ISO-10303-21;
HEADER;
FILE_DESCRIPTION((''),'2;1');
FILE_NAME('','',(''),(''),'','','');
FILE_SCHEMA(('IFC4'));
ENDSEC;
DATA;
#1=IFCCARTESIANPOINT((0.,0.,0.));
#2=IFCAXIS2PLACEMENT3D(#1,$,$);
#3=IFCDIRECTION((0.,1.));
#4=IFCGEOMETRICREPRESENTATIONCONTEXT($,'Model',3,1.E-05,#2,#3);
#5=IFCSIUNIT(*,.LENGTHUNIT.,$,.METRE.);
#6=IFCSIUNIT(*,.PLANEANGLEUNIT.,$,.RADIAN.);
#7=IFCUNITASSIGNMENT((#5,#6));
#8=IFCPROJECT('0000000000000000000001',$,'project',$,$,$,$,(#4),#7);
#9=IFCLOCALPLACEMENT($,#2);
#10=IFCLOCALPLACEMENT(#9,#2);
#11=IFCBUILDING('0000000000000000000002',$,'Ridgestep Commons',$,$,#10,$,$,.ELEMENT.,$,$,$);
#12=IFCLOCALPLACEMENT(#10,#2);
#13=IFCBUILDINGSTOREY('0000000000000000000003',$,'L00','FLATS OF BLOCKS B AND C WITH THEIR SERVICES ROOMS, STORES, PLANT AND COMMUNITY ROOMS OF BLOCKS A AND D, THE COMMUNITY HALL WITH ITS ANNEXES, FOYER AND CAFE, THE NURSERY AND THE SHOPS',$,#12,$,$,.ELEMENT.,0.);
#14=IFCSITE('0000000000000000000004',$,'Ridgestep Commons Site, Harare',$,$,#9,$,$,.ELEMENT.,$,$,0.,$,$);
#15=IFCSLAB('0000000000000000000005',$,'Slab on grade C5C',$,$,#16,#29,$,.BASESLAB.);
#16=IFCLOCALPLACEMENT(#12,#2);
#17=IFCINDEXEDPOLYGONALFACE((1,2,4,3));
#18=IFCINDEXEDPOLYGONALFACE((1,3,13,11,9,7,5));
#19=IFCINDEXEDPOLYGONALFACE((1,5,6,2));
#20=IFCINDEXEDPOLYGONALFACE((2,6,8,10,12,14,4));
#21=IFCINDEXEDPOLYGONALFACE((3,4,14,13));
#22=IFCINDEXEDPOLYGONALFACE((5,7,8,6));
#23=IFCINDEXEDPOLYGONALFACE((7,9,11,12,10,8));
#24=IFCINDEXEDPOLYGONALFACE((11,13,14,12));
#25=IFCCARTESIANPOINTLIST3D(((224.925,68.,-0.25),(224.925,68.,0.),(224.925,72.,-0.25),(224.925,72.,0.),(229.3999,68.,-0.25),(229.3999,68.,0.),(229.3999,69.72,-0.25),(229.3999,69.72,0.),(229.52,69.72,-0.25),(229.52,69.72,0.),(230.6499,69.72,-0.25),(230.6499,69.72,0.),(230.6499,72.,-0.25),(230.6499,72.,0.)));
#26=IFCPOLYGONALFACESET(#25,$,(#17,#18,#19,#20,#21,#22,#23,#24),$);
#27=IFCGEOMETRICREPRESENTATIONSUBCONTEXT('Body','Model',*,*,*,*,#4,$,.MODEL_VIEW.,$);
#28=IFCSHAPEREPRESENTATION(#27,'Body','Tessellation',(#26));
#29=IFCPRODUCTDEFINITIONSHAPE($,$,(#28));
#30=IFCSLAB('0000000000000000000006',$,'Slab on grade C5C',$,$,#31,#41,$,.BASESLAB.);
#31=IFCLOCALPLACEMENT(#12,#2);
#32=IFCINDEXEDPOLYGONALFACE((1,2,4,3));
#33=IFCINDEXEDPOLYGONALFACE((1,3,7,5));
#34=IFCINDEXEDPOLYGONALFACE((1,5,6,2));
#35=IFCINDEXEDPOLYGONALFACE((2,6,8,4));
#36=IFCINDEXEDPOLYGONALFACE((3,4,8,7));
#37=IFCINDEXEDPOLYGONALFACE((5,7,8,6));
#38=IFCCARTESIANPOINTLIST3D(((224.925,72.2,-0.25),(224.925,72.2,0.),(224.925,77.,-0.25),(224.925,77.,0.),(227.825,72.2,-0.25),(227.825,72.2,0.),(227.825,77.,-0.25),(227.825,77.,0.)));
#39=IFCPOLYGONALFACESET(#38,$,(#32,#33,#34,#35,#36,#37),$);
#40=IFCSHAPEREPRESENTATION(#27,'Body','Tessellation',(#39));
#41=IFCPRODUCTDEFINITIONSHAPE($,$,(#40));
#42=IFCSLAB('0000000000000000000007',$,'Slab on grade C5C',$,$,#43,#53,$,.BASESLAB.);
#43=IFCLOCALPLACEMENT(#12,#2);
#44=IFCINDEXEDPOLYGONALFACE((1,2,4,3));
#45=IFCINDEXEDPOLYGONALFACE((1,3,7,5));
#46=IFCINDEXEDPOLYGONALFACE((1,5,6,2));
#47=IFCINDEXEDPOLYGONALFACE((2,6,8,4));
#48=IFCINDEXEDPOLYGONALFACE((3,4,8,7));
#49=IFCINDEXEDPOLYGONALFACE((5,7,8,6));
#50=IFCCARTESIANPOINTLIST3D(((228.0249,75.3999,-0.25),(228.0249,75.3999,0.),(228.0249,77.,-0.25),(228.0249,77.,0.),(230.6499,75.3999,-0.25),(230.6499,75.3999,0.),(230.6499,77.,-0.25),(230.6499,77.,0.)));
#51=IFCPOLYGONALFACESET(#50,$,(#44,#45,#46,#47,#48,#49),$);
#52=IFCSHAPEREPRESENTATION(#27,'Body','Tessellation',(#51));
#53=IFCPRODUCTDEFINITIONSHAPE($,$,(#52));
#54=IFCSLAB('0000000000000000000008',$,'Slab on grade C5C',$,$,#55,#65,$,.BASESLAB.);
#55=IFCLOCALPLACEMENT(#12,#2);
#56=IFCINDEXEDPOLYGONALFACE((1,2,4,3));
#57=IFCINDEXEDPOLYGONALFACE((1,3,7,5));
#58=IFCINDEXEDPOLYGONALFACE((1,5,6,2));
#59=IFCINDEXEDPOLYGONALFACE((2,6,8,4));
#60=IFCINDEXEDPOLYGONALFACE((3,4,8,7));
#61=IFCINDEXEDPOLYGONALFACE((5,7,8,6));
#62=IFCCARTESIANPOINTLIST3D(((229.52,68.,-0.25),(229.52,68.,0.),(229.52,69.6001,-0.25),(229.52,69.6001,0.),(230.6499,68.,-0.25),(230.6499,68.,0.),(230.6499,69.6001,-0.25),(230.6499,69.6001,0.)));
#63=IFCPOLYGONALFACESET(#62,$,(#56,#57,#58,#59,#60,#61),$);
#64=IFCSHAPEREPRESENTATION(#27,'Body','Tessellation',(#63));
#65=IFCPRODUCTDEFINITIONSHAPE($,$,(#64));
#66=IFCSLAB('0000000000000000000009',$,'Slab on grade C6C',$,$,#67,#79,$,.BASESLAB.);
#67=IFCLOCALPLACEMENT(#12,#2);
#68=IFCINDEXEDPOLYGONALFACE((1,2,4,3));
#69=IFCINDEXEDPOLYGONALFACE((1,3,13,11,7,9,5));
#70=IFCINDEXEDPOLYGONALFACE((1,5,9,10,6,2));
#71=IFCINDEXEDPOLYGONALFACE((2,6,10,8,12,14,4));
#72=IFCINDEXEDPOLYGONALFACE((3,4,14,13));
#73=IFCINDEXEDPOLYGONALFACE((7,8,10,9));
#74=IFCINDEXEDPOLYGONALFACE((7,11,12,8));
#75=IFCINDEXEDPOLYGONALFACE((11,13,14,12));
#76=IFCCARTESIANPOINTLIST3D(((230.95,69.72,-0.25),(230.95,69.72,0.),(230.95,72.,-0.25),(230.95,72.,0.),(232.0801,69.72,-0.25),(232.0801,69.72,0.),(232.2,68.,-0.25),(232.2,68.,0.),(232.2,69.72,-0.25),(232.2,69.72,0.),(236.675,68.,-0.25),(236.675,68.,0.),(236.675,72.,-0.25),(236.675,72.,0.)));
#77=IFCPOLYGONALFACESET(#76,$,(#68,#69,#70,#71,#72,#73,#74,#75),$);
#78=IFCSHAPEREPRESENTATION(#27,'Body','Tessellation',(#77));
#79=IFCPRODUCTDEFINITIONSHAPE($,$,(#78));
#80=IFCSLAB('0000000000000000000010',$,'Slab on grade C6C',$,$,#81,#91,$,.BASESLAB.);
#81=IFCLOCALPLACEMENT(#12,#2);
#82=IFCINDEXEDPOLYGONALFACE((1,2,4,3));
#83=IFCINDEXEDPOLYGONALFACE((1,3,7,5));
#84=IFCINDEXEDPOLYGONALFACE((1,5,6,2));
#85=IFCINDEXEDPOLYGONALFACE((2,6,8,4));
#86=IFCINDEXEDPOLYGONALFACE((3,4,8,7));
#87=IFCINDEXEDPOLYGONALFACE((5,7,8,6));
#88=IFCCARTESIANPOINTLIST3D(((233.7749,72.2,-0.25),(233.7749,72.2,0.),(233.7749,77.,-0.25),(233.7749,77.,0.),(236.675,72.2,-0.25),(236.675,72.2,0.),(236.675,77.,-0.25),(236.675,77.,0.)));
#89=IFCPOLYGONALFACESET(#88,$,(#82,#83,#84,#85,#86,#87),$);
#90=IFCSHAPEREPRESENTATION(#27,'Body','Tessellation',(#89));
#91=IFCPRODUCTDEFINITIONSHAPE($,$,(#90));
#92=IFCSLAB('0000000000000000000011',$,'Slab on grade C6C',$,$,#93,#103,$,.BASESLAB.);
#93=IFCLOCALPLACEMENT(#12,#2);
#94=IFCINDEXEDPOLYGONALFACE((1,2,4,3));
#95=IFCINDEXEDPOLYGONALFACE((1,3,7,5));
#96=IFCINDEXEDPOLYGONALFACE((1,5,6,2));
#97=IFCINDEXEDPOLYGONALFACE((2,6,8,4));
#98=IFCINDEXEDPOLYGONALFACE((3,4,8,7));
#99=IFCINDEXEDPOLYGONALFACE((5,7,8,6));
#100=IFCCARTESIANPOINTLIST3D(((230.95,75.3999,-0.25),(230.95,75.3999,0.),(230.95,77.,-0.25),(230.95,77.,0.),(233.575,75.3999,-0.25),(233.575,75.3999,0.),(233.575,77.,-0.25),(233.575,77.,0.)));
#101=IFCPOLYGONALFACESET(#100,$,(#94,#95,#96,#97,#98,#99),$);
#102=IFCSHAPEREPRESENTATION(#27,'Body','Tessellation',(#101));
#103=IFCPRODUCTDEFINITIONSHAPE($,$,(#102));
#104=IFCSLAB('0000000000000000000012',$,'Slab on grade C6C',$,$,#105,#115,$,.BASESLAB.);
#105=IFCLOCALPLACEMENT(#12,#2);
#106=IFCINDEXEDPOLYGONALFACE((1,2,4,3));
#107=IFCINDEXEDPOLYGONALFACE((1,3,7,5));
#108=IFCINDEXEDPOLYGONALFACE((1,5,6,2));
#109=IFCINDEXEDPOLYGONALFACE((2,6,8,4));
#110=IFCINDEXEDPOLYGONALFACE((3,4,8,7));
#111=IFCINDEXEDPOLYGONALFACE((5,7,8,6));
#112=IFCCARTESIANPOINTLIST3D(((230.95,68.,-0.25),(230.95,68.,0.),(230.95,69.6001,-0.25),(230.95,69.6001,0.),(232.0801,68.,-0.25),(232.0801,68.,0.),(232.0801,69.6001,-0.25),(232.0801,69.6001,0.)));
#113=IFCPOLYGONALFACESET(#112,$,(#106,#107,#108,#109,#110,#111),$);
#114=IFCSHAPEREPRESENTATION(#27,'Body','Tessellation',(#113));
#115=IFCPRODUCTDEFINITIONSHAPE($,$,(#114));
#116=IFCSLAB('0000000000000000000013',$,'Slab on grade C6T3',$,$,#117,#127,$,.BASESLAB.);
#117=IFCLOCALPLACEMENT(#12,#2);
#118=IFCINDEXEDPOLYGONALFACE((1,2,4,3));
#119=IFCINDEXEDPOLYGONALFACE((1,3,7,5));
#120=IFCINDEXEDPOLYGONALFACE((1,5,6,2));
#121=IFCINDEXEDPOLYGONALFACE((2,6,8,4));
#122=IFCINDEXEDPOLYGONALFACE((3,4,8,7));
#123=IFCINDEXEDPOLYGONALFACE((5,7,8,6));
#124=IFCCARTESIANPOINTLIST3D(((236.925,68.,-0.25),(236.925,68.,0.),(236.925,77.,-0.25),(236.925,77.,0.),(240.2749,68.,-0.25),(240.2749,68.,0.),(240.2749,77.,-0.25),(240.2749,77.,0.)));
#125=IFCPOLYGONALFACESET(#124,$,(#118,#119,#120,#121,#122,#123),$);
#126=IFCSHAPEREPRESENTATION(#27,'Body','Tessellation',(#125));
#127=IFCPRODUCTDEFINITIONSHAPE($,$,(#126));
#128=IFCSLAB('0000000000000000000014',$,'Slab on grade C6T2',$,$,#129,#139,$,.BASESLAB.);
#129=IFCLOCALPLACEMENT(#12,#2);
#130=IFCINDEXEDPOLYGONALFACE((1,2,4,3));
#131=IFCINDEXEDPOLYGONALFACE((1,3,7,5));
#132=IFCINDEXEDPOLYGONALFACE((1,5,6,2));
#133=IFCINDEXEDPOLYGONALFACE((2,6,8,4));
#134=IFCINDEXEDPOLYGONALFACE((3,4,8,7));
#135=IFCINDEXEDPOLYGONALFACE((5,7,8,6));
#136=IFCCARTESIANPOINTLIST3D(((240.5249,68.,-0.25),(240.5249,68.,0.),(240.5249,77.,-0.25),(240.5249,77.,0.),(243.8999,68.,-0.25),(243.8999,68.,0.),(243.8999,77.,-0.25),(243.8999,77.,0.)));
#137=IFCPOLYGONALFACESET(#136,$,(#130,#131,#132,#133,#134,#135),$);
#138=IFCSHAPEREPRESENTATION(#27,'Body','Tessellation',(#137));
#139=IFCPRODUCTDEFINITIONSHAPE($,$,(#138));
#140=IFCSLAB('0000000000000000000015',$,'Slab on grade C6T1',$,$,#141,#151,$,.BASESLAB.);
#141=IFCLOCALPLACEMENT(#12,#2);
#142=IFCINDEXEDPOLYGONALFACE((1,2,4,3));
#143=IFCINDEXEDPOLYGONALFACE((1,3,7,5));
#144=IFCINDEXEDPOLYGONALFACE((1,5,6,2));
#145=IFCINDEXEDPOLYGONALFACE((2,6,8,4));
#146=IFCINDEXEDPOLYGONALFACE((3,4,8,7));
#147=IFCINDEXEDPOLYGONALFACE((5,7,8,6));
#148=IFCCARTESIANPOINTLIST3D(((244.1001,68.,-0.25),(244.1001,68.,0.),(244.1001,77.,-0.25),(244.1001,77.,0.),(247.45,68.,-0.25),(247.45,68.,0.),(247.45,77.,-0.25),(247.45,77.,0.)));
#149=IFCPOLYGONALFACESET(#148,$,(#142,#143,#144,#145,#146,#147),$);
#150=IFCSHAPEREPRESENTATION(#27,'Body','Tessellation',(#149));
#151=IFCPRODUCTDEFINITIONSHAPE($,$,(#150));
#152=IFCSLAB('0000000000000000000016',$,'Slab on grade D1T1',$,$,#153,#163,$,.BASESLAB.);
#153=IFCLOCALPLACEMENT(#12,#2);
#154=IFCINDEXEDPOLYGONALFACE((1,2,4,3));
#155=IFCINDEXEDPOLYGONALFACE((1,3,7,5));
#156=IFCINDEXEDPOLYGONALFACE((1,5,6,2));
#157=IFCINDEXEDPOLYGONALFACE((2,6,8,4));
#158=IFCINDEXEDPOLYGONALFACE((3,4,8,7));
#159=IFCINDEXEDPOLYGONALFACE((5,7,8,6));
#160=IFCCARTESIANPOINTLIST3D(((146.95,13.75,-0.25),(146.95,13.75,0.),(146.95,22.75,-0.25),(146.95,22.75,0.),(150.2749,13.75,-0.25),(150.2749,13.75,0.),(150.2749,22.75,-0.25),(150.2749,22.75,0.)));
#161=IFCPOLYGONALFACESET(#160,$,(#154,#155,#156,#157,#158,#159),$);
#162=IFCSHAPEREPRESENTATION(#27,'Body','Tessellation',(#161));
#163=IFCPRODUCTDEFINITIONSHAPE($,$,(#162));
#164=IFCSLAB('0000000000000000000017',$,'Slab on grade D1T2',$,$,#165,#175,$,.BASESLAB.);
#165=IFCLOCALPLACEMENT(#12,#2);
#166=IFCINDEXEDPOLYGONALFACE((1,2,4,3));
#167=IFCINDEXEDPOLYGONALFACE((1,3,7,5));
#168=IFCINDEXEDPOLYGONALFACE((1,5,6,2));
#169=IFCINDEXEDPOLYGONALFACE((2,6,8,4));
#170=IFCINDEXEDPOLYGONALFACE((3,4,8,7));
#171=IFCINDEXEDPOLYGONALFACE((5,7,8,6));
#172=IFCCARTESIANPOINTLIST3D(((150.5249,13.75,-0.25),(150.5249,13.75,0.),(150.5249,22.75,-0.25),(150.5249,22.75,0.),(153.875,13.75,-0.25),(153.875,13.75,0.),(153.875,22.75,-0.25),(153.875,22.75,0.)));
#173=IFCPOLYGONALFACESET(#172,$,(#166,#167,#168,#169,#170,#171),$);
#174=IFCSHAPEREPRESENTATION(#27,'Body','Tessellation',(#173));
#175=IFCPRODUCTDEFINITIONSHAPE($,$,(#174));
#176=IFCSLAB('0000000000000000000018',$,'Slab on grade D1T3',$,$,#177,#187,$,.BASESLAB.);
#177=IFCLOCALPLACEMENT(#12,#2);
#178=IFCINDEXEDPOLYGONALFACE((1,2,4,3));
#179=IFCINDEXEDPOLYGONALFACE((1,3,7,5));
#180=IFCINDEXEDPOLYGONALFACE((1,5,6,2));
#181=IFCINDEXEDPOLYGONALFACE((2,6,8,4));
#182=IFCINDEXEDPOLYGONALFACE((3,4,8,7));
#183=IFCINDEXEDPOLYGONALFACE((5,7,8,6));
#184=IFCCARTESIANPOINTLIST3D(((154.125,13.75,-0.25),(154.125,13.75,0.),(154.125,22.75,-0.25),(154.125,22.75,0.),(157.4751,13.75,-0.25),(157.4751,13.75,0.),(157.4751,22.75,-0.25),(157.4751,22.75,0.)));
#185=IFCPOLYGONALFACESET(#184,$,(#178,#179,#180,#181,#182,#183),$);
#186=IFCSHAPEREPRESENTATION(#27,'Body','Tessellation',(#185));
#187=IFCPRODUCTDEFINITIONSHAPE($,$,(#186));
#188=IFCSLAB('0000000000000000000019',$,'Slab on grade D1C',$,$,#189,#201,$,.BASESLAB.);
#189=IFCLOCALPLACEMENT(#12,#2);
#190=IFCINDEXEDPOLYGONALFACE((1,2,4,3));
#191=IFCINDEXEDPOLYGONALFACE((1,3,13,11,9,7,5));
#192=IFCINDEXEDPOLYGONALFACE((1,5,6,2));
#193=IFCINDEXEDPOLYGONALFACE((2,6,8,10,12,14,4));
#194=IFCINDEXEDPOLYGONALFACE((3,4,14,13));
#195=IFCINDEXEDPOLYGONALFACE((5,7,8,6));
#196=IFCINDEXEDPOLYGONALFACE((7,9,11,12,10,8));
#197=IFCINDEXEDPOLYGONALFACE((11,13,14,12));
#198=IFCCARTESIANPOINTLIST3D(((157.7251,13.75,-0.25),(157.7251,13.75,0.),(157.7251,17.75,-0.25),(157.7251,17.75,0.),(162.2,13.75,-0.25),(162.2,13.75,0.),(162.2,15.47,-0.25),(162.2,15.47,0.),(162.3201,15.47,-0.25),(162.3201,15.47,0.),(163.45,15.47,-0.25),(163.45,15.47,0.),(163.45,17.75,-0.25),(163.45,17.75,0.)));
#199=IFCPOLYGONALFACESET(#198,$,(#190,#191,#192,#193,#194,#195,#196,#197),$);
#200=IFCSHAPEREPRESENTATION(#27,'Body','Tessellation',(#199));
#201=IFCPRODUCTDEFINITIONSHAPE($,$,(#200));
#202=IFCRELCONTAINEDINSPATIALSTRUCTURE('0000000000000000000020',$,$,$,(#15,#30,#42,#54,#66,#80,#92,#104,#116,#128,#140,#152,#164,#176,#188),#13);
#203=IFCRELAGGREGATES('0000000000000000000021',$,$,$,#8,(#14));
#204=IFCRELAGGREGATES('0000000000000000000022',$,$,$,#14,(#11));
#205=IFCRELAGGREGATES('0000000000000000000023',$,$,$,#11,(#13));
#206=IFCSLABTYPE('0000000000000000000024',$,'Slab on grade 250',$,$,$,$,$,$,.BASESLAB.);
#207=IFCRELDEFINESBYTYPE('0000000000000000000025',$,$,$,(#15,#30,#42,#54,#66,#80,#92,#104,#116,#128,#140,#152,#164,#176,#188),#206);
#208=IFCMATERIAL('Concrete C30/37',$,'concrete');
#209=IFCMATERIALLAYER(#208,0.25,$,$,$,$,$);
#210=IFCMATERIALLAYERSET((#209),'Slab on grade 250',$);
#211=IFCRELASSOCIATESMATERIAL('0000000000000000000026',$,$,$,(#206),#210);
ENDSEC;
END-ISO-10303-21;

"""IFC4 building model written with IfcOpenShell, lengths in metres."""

from ifc_helpers import new_model, si_unit, direction, frame, origin, place, context, subcontext, project, spatial, polyline, outline, extrude, material, layer, layer_set, type_object, element, save


model = new_model("IFC4")

# Units and contexts
model_context = context("Model", 3, precision=1e-05, world=origin(), true_north=direction((0.0, 1.0)))
body_context = subcontext(model_context, "Body", "Model", "MODEL_VIEW")
ifc_project = project(units=[si_unit("LENGTHUNIT", "METRE"), si_unit("PLANEANGLEUNIT", "RADIAN")], contexts=[model_context])

# Site, building, storey
site_placement = place(None, origin())
site = spatial("IfcSite", under=ifc_project, at=site_placement, Name="Ridgestep Commons Site, Harare", CompositionType="ELEMENT", RefElevation=0.0)
building_placement = place(site_placement, origin())
building = spatial("IfcBuilding", under=site, at=building_placement, Name="Ridgestep Commons", CompositionType="ELEMENT")
storey_placement = place(building_placement, origin())
storey = spatial("IfcBuildingStorey", under=building, at=storey_placement, Name="L00", Description="FLATS OF BLOCKS B AND C WITH THEIR SERVICES ROOMS, STORES, PLANT AND COMMUNITY ROOMS OF BLOCKS A AND D, THE COMMUNITY HALL WITH ITS ANNEXES, FOYER AND CAFE, THE NURSERY AND THE SHOPS", CompositionType="ELEMENT", Elevation=0.0)

# Slabs
ifc_material = material(Name="Concrete C30/37", Category="concrete")
ifc_layer = layer(ifc_material, 0.25)
ifc_layer_set = layer_set([ifc_layer], Name="Slab on grade 250")
slab_type = type_object("IfcSlabType", Name="Slab on grade 250", PredefinedType="BASESLAB", material=ifc_layer_set)
slab_1_placement = place(storey_placement, frame((0.0, 0.0, -0.25)))
element("IfcSlab", 1, at=slab_1_placement, inside=storey, type_object=slab_type, Name="Slab on grade C5C", PredefinedType="BASESLAB", context=body_context, shape_type="SweptSolid", body=[
    extrude(outline(polyline([(229.52, 69.72), (230.6499, 69.72), (230.6499, 72.0), (224.925, 72.0), (224.925, 68.0), (229.3999, 68.0), (229.3999, 69.72), (229.52, 69.72)])), origin(), (0.0, 0.0, 1.0), 0.25),
])
slab_2_placement = place(storey_placement, frame((0.0, 0.0, -0.25)))
element("IfcSlab", 2, at=slab_2_placement, inside=storey, type_object=slab_type, Name="Slab on grade C5C", PredefinedType="BASESLAB", context=body_context, shape_type="SweptSolid", body=[
    extrude(outline(polyline([(227.825, 77.0), (224.925, 77.0), (224.925, 72.2), (227.825, 72.2), (227.825, 77.0)])), origin(), (0.0, 0.0, 1.0), 0.25),
])
slab_3_placement = place(storey_placement, frame((0.0, 0.0, -0.25)))
element("IfcSlab", 3, at=slab_3_placement, inside=storey, type_object=slab_type, Name="Slab on grade C5C", PredefinedType="BASESLAB", context=body_context, shape_type="SweptSolid", body=[
    extrude(outline(polyline([(230.6499, 75.3999), (230.6499, 77.0), (228.0249, 77.0), (228.0249, 75.3999), (230.6499, 75.3999)])), origin(), (0.0, 0.0, 1.0), 0.25),
])
slab_4_placement = place(storey_placement, frame((0.0, 0.0, -0.25)))
element("IfcSlab", 4, at=slab_4_placement, inside=storey, type_object=slab_type, Name="Slab on grade C5C", PredefinedType="BASESLAB", context=body_context, shape_type="SweptSolid", body=[
    extrude(outline(polyline([(229.52, 68.0), (230.6499, 68.0), (230.6499, 69.6001), (229.52, 69.6001), (229.52, 68.0)])), origin(), (0.0, 0.0, 1.0), 0.25),
])
slab_5_placement = place(storey_placement, frame((0.0, 0.0, -0.25)))
element("IfcSlab", 5, at=slab_5_placement, inside=storey, type_object=slab_type, Name="Slab on grade C6C", PredefinedType="BASESLAB", context=body_context, shape_type="SweptSolid", body=[
    extrude(outline(polyline([(232.2, 68.0), (236.675, 68.0), (236.675, 72.0), (230.95, 72.0), (230.95, 69.72), (232.0801, 69.72), (232.2, 69.72), (232.2, 68.0)])), origin(), (0.0, 0.0, 1.0), 0.25),
])
slab_6_placement = place(storey_placement, frame((0.0, 0.0, -0.25)))
element("IfcSlab", 6, at=slab_6_placement, inside=storey, type_object=slab_type, Name="Slab on grade C6C", PredefinedType="BASESLAB", context=body_context, shape_type="SweptSolid", body=[
    extrude(outline(polyline([(236.675, 72.2), (236.675, 77.0), (233.7749, 77.0), (233.7749, 72.2), (236.675, 72.2)])), origin(), (0.0, 0.0, 1.0), 0.25),
])
slab_7_placement = place(storey_placement, frame((0.0, 0.0, -0.25)))
element("IfcSlab", 7, at=slab_7_placement, inside=storey, type_object=slab_type, Name="Slab on grade C6C", PredefinedType="BASESLAB", context=body_context, shape_type="SweptSolid", body=[
    extrude(outline(polyline([(233.575, 77.0), (230.95, 77.0), (230.95, 75.3999), (233.575, 75.3999), (233.575, 77.0)])), origin(), (0.0, 0.0, 1.0), 0.25),
])
slab_8_placement = place(storey_placement, frame((0.0, 0.0, -0.25)))
element("IfcSlab", 8, at=slab_8_placement, inside=storey, type_object=slab_type, Name="Slab on grade C6C", PredefinedType="BASESLAB", context=body_context, shape_type="SweptSolid", body=[
    extrude(outline(polyline([(232.0801, 69.6001), (230.95, 69.6001), (230.95, 68.0), (232.0801, 68.0), (232.0801, 69.6001)])), origin(), (0.0, 0.0, 1.0), 0.25),
])
slab_9_placement = place(storey_placement, frame((0.0, 0.0, -0.25)))
element("IfcSlab", 9, at=slab_9_placement, inside=storey, type_object=slab_type, Name="Slab on grade C6T3", PredefinedType="BASESLAB", context=body_context, shape_type="SweptSolid", body=[
    extrude(outline(polyline([(240.2749, 68.0), (240.2749, 77.0), (236.925, 77.0), (236.925, 68.0), (240.2749, 68.0)])), origin(), (0.0, 0.0, 1.0), 0.25),
])
slab_10_placement = place(storey_placement, frame((0.0, 0.0, -0.25)))
element("IfcSlab", 10, at=slab_10_placement, inside=storey, type_object=slab_type, Name="Slab on grade C6T2", PredefinedType="BASESLAB", context=body_context, shape_type="SweptSolid", body=[
    extrude(outline(polyline([(243.8999, 68.0), (243.8999, 77.0), (240.5249, 77.0), (240.5249, 68.0), (243.8999, 68.0)])), origin(), (0.0, 0.0, 1.0), 0.25),
])
slab_11_placement = place(storey_placement, frame((0.0, 0.0, -0.25)))
element("IfcSlab", 11, at=slab_11_placement, inside=storey, type_object=slab_type, Name="Slab on grade C6T1", PredefinedType="BASESLAB", context=body_context, shape_type="SweptSolid", body=[
    extrude(outline(polyline([(247.45, 68.0), (247.45, 77.0), (244.1001, 77.0), (244.1001, 68.0), (247.45, 68.0)])), origin(), (0.0, 0.0, 1.0), 0.25),
])
slab_12_placement = place(storey_placement, frame((0.0, 0.0, -0.25)))
element("IfcSlab", 12, at=slab_12_placement, inside=storey, type_object=slab_type, Name="Slab on grade D1T1", PredefinedType="BASESLAB", context=body_context, shape_type="SweptSolid", body=[
    extrude(outline(polyline([(150.2749, 13.75), (150.2749, 22.75), (146.95, 22.75), (146.95, 13.75), (150.2749, 13.75)])), origin(), (0.0, 0.0, 1.0), 0.25),
])
slab_13_placement = place(storey_placement, frame((0.0, 0.0, -0.25)))
element("IfcSlab", 13, at=slab_13_placement, inside=storey, type_object=slab_type, Name="Slab on grade D1T2", PredefinedType="BASESLAB", context=body_context, shape_type="SweptSolid", body=[
    extrude(outline(polyline([(153.875, 13.75), (153.875, 22.75), (150.5249, 22.75), (150.5249, 13.75), (153.875, 13.75)])), origin(), (0.0, 0.0, 1.0), 0.25),
])
slab_14_placement = place(storey_placement, frame((0.0, 0.0, -0.25)))
element("IfcSlab", 14, at=slab_14_placement, inside=storey, type_object=slab_type, Name="Slab on grade D1T3", PredefinedType="BASESLAB", context=body_context, shape_type="SweptSolid", body=[
    extrude(outline(polyline([(157.4751, 13.75), (157.4751, 22.75), (154.125, 22.75), (154.125, 13.75), (157.4751, 13.75)])), origin(), (0.0, 0.0, 1.0), 0.25),
])
slab_15_placement = place(storey_placement, frame((0.0, 0.0, -0.25)))
element("IfcSlab", 15, at=slab_15_placement, inside=storey, type_object=slab_type, Name="Slab on grade D1C", PredefinedType="BASESLAB", context=body_context, shape_type="SweptSolid", body=[
    extrude(outline(polyline([(162.3201, 15.47), (163.45, 15.47), (163.45, 17.75), (157.7251, 17.75), (157.7251, 13.75), (162.2, 13.75), (162.2, 15.47), (162.3201, 15.47)])), origin(), (0.0, 0.0, 1.0), 0.25),
])

save(model, "model.ifc")
